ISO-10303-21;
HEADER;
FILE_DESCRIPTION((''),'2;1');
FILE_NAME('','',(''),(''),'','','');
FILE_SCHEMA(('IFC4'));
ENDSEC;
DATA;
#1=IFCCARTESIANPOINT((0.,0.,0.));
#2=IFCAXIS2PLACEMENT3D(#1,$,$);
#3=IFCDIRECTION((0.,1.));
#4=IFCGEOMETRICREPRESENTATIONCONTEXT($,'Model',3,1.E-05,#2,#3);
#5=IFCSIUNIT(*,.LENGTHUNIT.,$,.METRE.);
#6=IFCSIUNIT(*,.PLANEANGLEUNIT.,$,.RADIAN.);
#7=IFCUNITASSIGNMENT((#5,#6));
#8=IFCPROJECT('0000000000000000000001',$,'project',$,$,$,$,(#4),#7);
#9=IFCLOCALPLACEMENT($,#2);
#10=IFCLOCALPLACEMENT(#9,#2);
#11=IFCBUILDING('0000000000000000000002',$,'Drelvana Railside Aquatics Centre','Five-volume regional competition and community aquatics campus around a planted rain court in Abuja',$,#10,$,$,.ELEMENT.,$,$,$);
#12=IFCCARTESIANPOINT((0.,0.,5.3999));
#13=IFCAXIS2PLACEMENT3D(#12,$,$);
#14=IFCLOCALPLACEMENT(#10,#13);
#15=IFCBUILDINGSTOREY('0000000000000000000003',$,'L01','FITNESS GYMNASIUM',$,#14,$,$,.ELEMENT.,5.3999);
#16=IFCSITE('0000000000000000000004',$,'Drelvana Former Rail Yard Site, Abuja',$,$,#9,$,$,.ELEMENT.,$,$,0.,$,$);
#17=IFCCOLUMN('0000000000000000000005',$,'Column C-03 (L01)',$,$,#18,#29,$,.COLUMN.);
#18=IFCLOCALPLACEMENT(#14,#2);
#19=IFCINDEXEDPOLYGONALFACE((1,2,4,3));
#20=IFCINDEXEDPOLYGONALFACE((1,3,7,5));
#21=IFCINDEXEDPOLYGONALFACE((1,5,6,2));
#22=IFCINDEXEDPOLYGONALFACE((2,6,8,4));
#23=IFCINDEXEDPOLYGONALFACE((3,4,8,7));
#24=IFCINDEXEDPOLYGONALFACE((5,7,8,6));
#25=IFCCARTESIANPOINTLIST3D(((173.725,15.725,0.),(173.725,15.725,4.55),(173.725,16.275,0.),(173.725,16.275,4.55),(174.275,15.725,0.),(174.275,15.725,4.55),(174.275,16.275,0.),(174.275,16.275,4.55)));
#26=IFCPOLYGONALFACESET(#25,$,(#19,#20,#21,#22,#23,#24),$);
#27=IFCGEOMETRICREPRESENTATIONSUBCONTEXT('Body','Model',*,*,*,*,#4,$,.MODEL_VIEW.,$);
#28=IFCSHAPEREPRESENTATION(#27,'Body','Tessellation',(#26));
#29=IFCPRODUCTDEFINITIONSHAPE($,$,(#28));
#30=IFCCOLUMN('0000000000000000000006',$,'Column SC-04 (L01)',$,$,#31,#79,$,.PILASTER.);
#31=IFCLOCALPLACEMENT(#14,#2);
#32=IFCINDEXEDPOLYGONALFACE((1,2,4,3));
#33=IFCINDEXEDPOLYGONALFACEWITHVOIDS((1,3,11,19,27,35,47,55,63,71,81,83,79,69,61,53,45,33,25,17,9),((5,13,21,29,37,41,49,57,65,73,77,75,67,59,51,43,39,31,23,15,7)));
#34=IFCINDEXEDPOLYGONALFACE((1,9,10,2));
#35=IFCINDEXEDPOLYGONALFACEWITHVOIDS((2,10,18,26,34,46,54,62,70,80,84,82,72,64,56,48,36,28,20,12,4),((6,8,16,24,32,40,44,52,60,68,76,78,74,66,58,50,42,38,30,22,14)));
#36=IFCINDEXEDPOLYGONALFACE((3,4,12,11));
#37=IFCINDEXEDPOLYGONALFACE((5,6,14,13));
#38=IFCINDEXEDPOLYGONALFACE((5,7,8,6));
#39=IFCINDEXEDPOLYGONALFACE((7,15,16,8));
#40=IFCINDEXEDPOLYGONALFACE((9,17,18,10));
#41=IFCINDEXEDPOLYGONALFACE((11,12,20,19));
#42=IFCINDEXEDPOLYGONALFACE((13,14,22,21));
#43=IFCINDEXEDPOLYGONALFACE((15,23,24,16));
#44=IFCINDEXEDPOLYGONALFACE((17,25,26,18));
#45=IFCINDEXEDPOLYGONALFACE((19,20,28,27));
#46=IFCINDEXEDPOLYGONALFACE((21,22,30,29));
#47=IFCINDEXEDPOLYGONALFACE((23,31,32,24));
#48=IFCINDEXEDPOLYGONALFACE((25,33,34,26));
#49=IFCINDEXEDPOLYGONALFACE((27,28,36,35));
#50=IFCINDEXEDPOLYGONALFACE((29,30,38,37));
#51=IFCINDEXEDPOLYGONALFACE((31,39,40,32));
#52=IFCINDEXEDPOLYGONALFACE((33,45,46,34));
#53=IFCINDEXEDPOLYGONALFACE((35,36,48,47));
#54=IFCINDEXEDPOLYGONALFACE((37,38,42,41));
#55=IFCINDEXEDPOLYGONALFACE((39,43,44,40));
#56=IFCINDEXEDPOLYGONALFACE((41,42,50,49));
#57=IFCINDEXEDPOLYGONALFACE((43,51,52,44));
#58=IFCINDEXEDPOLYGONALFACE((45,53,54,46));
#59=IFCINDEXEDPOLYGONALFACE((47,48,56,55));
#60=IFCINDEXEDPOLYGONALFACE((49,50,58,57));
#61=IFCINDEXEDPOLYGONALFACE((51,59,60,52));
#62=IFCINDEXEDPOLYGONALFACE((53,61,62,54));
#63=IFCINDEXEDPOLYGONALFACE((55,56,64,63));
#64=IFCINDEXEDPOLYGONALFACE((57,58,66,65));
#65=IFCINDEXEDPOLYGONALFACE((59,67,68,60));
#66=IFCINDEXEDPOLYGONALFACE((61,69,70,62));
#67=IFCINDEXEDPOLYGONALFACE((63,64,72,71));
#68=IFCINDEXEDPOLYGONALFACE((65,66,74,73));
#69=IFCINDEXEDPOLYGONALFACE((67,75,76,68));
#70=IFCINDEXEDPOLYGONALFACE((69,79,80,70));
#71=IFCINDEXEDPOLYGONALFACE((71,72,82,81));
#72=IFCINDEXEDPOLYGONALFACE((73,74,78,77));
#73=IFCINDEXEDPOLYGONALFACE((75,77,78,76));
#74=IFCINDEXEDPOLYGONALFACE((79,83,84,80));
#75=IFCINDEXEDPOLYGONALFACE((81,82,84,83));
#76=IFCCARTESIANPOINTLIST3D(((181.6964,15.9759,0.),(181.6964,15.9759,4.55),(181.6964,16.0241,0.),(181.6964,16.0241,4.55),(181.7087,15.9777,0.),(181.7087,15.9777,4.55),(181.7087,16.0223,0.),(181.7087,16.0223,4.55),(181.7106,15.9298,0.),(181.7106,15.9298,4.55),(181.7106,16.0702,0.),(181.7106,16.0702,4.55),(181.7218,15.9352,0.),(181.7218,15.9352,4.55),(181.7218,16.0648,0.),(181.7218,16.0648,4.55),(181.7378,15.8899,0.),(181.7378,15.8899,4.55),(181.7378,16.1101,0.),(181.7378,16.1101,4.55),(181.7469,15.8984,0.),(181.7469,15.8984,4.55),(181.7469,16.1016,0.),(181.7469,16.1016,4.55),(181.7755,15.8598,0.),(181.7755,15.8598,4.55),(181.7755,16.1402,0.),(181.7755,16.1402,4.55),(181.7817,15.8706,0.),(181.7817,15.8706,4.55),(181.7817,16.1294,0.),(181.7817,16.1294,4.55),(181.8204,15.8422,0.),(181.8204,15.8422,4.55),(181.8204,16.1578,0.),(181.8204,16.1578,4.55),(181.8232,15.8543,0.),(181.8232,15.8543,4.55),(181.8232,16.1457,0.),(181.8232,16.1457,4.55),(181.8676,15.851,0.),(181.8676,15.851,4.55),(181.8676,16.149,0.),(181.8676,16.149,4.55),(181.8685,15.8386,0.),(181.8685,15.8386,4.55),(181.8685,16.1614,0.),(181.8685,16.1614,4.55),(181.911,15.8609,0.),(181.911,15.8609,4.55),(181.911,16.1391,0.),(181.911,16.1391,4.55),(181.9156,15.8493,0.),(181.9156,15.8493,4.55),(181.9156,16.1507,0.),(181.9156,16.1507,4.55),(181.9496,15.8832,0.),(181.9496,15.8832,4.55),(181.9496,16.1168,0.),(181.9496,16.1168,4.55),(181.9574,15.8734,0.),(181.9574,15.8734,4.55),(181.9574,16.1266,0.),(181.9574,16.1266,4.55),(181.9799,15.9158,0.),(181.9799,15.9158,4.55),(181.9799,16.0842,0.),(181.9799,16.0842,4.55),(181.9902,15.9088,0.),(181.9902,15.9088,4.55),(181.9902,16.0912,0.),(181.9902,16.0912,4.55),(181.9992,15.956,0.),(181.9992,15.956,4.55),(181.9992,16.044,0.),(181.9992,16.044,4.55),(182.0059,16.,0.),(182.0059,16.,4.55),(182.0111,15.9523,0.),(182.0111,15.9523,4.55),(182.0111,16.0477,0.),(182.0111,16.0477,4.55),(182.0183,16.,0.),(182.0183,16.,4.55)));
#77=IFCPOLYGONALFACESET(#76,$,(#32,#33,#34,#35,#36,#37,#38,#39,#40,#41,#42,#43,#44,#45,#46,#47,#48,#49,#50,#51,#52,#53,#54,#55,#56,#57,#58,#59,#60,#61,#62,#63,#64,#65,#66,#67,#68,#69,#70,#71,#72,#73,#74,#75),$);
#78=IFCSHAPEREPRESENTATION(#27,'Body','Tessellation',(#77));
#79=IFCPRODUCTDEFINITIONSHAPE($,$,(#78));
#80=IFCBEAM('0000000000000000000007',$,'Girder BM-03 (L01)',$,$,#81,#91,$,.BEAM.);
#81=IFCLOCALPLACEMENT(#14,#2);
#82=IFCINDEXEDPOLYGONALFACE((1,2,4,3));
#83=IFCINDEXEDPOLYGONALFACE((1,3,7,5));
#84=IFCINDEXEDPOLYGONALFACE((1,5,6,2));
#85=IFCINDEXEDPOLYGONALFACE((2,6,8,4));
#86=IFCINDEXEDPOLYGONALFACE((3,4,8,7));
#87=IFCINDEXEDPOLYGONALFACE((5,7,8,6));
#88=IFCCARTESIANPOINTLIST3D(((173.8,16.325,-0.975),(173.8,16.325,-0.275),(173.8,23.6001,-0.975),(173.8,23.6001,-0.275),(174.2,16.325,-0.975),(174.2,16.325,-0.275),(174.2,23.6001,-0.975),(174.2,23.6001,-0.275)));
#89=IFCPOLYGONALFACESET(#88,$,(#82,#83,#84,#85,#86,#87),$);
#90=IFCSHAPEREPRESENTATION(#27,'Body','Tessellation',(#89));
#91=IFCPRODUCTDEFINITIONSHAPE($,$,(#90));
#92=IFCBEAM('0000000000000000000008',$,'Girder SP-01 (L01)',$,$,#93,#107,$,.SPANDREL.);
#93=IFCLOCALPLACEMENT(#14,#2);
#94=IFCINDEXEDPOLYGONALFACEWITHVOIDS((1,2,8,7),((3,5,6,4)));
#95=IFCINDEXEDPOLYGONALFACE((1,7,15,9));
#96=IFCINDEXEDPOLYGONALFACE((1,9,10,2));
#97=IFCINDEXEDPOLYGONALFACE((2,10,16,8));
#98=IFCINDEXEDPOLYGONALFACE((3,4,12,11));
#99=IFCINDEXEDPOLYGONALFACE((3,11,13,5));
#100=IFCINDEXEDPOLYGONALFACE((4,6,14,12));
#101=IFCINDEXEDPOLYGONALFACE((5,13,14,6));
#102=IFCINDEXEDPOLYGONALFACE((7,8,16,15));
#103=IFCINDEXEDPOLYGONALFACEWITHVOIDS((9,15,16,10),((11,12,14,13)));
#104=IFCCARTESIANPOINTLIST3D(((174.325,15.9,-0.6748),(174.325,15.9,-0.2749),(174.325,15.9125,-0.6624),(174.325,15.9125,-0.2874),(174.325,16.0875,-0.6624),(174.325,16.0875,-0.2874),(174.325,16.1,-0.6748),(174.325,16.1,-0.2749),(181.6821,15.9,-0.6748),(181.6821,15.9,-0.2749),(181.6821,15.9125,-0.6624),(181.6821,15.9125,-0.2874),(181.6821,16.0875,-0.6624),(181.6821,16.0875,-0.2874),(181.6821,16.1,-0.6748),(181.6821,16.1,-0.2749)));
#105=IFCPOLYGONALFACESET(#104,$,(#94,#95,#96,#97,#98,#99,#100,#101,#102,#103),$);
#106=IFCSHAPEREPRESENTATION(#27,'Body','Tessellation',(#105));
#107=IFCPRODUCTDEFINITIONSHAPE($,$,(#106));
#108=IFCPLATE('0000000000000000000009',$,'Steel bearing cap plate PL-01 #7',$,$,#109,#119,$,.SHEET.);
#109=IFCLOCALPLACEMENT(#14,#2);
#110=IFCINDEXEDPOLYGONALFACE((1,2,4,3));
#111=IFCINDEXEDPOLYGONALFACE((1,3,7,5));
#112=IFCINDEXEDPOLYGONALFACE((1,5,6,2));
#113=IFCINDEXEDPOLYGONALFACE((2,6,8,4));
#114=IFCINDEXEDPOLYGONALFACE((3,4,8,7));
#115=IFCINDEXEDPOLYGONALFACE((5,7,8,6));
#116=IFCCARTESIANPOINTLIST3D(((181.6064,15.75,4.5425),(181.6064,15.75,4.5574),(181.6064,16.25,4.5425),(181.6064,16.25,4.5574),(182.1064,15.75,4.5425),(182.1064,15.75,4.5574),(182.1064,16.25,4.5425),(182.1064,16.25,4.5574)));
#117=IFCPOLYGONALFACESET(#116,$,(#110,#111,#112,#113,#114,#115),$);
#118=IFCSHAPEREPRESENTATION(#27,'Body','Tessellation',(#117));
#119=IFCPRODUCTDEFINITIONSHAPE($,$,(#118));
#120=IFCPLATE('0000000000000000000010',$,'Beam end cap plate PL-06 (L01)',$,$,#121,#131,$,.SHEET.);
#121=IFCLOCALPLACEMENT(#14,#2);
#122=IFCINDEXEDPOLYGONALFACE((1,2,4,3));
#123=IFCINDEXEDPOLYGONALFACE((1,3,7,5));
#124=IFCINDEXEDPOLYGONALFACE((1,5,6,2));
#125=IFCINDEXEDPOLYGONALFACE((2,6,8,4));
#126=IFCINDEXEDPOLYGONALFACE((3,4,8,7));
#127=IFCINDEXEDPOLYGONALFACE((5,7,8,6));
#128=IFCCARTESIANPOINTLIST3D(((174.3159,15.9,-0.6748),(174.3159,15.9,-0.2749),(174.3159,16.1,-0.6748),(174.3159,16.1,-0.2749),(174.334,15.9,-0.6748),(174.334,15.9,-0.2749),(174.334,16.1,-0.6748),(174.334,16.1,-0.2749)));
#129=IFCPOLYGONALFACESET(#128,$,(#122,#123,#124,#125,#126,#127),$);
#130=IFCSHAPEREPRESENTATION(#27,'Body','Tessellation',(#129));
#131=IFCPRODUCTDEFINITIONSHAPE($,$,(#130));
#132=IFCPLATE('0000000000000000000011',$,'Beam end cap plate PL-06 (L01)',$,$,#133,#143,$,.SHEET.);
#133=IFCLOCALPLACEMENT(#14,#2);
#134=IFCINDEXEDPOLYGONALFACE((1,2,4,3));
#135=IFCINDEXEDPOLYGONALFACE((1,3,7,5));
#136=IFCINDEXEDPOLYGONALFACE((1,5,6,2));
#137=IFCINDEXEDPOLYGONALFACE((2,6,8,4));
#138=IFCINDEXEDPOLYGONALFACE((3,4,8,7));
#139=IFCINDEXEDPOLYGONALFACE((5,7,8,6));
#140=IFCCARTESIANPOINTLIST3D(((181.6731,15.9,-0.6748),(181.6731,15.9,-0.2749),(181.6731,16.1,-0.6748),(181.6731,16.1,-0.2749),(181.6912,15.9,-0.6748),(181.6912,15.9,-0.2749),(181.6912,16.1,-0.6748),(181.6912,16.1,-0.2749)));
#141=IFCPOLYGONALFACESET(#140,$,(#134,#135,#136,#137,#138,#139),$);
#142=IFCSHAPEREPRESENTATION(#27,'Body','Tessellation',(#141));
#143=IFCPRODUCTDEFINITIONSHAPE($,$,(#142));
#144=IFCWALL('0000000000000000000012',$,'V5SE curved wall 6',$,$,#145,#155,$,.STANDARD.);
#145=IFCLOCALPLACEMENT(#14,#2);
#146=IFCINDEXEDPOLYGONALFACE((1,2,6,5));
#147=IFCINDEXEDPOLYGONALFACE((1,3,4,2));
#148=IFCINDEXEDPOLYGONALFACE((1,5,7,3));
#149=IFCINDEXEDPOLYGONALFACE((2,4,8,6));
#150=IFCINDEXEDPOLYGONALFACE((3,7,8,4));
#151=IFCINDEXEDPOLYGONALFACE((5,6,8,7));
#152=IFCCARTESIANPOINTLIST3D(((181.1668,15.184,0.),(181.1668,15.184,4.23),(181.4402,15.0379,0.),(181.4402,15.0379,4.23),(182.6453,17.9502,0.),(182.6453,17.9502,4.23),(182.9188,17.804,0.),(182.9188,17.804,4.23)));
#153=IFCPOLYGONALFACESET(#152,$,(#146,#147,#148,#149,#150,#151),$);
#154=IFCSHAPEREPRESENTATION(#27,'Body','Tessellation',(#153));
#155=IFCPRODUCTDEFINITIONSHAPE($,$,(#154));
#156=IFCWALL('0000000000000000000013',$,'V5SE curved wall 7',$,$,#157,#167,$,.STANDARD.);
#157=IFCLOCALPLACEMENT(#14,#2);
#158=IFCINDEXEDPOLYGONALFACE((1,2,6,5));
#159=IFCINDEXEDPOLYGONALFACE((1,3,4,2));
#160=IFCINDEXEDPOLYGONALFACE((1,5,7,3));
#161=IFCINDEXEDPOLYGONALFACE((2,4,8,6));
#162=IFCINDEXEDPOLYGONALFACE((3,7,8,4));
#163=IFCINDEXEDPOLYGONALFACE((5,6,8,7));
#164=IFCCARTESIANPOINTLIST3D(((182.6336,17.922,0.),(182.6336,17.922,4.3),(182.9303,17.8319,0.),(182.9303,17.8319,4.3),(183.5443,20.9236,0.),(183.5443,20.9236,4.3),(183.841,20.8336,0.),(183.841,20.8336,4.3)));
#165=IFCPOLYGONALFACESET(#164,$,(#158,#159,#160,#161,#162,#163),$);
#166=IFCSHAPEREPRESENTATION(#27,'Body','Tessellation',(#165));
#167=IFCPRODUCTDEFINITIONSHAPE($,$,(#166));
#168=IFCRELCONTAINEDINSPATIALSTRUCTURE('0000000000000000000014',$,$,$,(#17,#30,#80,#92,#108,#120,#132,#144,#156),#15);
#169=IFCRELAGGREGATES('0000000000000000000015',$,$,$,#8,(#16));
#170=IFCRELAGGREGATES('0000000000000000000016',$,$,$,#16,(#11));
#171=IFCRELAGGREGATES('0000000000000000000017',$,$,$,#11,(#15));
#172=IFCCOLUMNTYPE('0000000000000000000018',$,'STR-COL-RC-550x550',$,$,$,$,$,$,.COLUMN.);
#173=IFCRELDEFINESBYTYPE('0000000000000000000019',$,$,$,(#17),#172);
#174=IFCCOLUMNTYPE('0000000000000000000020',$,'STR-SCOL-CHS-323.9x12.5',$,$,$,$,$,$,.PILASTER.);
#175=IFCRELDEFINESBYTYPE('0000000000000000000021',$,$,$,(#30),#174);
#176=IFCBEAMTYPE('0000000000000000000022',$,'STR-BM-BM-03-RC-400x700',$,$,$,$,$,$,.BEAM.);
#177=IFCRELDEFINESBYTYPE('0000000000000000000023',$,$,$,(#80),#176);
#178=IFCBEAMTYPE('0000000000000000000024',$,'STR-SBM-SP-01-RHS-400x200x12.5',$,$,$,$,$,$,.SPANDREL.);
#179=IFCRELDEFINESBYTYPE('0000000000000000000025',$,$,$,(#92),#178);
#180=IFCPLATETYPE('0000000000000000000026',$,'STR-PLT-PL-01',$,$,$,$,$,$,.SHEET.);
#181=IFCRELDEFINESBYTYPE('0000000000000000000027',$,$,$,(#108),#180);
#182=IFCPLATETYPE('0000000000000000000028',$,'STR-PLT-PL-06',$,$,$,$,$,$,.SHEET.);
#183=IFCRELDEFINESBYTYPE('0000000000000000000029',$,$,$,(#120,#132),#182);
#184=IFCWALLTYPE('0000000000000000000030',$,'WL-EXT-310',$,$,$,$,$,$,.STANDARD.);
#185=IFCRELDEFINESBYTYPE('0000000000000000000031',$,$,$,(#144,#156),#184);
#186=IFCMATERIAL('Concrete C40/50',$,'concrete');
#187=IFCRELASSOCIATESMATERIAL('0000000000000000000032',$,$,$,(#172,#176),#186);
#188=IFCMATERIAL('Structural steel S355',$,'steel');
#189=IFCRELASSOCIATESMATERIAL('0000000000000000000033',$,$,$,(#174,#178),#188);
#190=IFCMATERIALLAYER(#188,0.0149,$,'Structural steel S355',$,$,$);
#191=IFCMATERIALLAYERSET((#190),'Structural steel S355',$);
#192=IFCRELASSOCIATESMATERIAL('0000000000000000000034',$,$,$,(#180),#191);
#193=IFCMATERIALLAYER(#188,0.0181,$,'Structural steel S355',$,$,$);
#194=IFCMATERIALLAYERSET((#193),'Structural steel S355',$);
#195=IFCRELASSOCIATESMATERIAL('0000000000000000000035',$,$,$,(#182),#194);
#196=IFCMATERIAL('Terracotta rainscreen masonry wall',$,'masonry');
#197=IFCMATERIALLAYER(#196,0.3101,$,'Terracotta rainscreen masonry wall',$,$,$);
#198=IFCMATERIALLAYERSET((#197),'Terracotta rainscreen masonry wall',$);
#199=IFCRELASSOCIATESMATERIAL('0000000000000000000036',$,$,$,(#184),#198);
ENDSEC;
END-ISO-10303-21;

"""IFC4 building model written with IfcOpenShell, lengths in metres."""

from ifc_helpers import new_model, si_unit, direction, frame, frame_2d, origin, origin_2d, place, context, subcontext, project, spatial, rectangle, hollow_rectangle, hollow_circle, extrude, material, layer, layer_set, material_profile, profile_set, type_object, element, save


model = new_model("IFC4")

# Units and contexts
model_context = context("Model", 3, precision=1e-05, world=origin(), true_north=direction((0.0, 1.0)))
body_context = subcontext(model_context, "Body", "Model", "MODEL_VIEW")
ifc_project = project(units=[si_unit("LENGTHUNIT", "METRE"), si_unit("PLANEANGLEUNIT", "RADIAN")], contexts=[model_context])

# Site, building, storey
site_placement = place(None, origin())
site = spatial("IfcSite", under=ifc_project, at=site_placement, Name="Drelvana Former Rail Yard Site, Abuja", CompositionType="ELEMENT", RefElevation=0.0)
building_placement = place(site_placement, origin())
building = spatial("IfcBuilding", under=site, at=building_placement, Name="Drelvana Railside Aquatics Centre", Description="Five-volume regional competition and community aquatics campus around a planted rain court in Abuja", CompositionType="ELEMENT")
storey_placement = place(building_placement, frame((0.0, 0.0, 5.3999)))
storey = spatial("IfcBuildingStorey", under=building, at=storey_placement, Name="L01", Description="FITNESS GYMNASIUM", CompositionType="ELEMENT", Elevation=5.3999)

# Columns
ifc_material_1 = material(Name="Concrete C40/50", Category="concrete")
ifc_material_profile_1 = material_profile(ifc_material_1, rectangle(XDim=0.55, YDim=0.55, at=origin_2d()), Name="RC 550x550")
ifc_profile_set_1 = profile_set([ifc_material_profile_1], Name="Concrete C40/50")
column_type_1 = type_object("IfcColumnType", Name="STR-COL-RC-550x550", PredefinedType="COLUMN", material=ifc_profile_set_1)
column_1_placement = place(storey_placement, frame((174.0, 16.0, 0.0), z_axis=(0.0, 0.0, 1.0), x_axis=(1.0, 0.0, 0.0)))
element("IfcColumn", 1, at=column_1_placement, inside=storey, type_object=column_type_1, Name="Column C-03 (L01)", PredefinedType="COLUMN", context=body_context, shape_type="SweptSolid", body=[
    extrude(rectangle(XDim=0.55, YDim=0.55, at=origin_2d()), origin(), (0.0, 0.0, 1.0), 4.55),
])
ifc_material_2 = material(Name="Structural steel S355", Category="steel")
ifc_material_profile_2 = material_profile(ifc_material_2, hollow_circle(Radius=0.1619, WallThickness=0.0125, at=origin_2d()), Name="CHS 323.9x12.5")
ifc_profile_set_2 = profile_set([ifc_material_profile_2], Name="Structural steel S355")
column_type_2 = type_object("IfcColumnType", Name="STR-SCOL-CHS-323.9x12.5", PredefinedType="PILASTER", material=ifc_profile_set_2)
column_2_placement = place(storey_placement, frame((181.8564, 16.0, 0.0), z_axis=(0.0, 0.0, 1.0), x_axis=(1.0, 0.0, 0.0)))
element("IfcColumn", 2, at=column_2_placement, inside=storey, type_object=column_type_2, Name="Column SC-04 (L01)", PredefinedType="PILASTER", context=body_context, shape_type="SweptSolid", body=[
    extrude(hollow_circle(Radius=0.1619, WallThickness=0.0125, at=origin_2d()), origin(), (0.0, 0.0, 1.0), 4.55),
])

# Beams
ifc_material_profile_3 = material_profile(ifc_material_1, rectangle(XDim=0.3999, YDim=0.7, at=origin_2d()), Name="RC 400x700")
ifc_profile_set_3 = profile_set([ifc_material_profile_3], Name="Concrete C40/50")
beam_type_1 = type_object("IfcBeamType", Name="STR-BM-BM-03-RC-400x700", PredefinedType="BEAM", material=ifc_profile_set_3)
beam_1_placement = place(storey_placement, frame((174.0, 16.325, -0.625), z_axis=(0.0, 1.0, 0.0), x_axis=(-1.0, 0.0, 0.0)))
element("IfcBeam", 3, at=beam_1_placement, inside=storey, type_object=beam_type_1, Name="Girder BM-03 (L01)", PredefinedType="BEAM", context=body_context, shape_type="SweptSolid", body=[
    extrude(rectangle(XDim=0.3999, YDim=0.7, at=origin_2d()), origin(), (0.0, 0.0, 1.0), 7.2751),
])
ifc_material_profile_4 = material_profile(ifc_material_2, hollow_rectangle(XDim=0.2, YDim=0.3999, WallThickness=0.0125, at=origin_2d()), Name="RHS 400x200x12.5")
ifc_profile_set_4 = profile_set([ifc_material_profile_4], Name="Structural steel S355")
beam_type_2 = type_object("IfcBeamType", Name="STR-SBM-SP-01-RHS-400x200x12.5", PredefinedType="SPANDREL", material=ifc_profile_set_4)
beam_2_placement = place(storey_placement, frame((174.325, 16.0, -0.4749), z_axis=(1.0, 0.0, 0.0), x_axis=(0.0, 1.0, 0.0)))
element("IfcBeam", 4, at=beam_2_placement, inside=storey, type_object=beam_type_2, Name="Girder SP-01 (L01)", PredefinedType="SPANDREL", context=body_context, shape_type="SweptSolid", body=[
    extrude(hollow_rectangle(XDim=0.2, YDim=0.3999, WallThickness=0.0125, at=origin_2d()), origin(), (0.0, 0.0, 1.0), 7.3572),
])

# Plates
ifc_layer_1 = layer(ifc_material_2, 0.0149, Name="Structural steel S355")
ifc_layer_set_1 = layer_set([ifc_layer_1], Name="Structural steel S355")
plate_type_1 = type_object("IfcPlateType", Name="STR-PLT-PL-01", PredefinedType="SHEET", material=ifc_layer_set_1)
plate_placement = place(storey_placement, frame((181.8564, 16.0, 4.5425), z_axis=(0.0, 0.0, 1.0), x_axis=(1.0, 0.0, 0.0)))
element("IfcPlate", 5, at=plate_placement, inside=storey, type_object=plate_type_1, Name="Steel bearing cap plate PL-01 #7", PredefinedType="SHEET", context=body_context, shape_type="SweptSolid", body=[
    extrude(rectangle(XDim=0.5, YDim=0.5, at=origin_2d()), origin(), (0.0, 0.0, 1.0), 0.0149),
])
ifc_layer_2 = layer(ifc_material_2, 0.0181, Name="Structural steel S355")
ifc_layer_set_2 = layer_set([ifc_layer_2], Name="Structural steel S355")
plate_type_2 = type_object("IfcPlateType", Name="STR-PLT-PL-06", PredefinedType="SHEET", material=ifc_layer_set_2)
for number, where, z_axis, x_axis, name in (
    (6, (174.325, 16.0, -0.6748), (0.0, 0.0, 1.0), (1.0, 0.0, 0.0), "Beam end cap plate PL-06 (L01)"),
    (7, (181.6821, 16.0, -0.6748), (0.0, 0.0, 1.0), (1.0, 0.0, 0.0), "Beam end cap plate PL-06 (L01)"),
):
    element("IfcPlate", number, at=place(storey_placement, frame(where, z_axis=z_axis, x_axis=x_axis)), inside=storey, type_object=plate_type_2, Name=name, PredefinedType="SHEET", context=body_context, shape_type="SweptSolid", body=[
        extrude(rectangle(XDim=0.0181, YDim=0.2, at=origin_2d()), origin(), (0.0, 0.0, 1.0), 0.3999),
    ])

# Walls
ifc_material_3 = material(Name="Terracotta rainscreen masonry wall", Category="masonry")
ifc_layer_3 = layer(ifc_material_3, 0.3101, Name="Terracotta rainscreen masonry wall")
ifc_layer_set_3 = layer_set([ifc_layer_3], Name="Terracotta rainscreen masonry wall")
wall_type = type_object("IfcWallType", Name="WL-EXT-310", PredefinedType="STANDARD", material=ifc_layer_set_3)
wall_1_placement = place(storey_placement, frame((181.3035, 15.1108, 0.0), z_axis=(0.0, 0.0, 1.0), x_axis=(0.471396, 0.881922, 0.0)))
element("IfcWall", 8, at=wall_1_placement, inside=storey, type_object=wall_type, Name="V5SE curved wall 6", PredefinedType="STANDARD", context=body_context, shape_type="SweptSolid", body=[
    extrude(rectangle(XDim=3.1365, YDim=0.3101, at=frame_2d((1.5684, 0.0))), origin(), (0.0, 0.0, 1.0), 4.23),
])
wall_2_placement = place(storey_placement, frame((182.782, 17.877, 0.0), z_axis=(0.0, 0.0, 1.0), x_axis=(0.29031, 0.956933, 0.0)))
element("IfcWall", 9, at=wall_2_placement, inside=storey, type_object=wall_type, Name="V5SE curved wall 7", PredefinedType="STANDARD", context=body_context, shape_type="SweptSolid", body=[
    extrude(rectangle(XDim=3.1367, YDim=0.3101, at=frame_2d((1.5684, 0.0))), origin(), (0.0, 0.0, 1.0), 4.3),
])

save(model, "model.ifc")
